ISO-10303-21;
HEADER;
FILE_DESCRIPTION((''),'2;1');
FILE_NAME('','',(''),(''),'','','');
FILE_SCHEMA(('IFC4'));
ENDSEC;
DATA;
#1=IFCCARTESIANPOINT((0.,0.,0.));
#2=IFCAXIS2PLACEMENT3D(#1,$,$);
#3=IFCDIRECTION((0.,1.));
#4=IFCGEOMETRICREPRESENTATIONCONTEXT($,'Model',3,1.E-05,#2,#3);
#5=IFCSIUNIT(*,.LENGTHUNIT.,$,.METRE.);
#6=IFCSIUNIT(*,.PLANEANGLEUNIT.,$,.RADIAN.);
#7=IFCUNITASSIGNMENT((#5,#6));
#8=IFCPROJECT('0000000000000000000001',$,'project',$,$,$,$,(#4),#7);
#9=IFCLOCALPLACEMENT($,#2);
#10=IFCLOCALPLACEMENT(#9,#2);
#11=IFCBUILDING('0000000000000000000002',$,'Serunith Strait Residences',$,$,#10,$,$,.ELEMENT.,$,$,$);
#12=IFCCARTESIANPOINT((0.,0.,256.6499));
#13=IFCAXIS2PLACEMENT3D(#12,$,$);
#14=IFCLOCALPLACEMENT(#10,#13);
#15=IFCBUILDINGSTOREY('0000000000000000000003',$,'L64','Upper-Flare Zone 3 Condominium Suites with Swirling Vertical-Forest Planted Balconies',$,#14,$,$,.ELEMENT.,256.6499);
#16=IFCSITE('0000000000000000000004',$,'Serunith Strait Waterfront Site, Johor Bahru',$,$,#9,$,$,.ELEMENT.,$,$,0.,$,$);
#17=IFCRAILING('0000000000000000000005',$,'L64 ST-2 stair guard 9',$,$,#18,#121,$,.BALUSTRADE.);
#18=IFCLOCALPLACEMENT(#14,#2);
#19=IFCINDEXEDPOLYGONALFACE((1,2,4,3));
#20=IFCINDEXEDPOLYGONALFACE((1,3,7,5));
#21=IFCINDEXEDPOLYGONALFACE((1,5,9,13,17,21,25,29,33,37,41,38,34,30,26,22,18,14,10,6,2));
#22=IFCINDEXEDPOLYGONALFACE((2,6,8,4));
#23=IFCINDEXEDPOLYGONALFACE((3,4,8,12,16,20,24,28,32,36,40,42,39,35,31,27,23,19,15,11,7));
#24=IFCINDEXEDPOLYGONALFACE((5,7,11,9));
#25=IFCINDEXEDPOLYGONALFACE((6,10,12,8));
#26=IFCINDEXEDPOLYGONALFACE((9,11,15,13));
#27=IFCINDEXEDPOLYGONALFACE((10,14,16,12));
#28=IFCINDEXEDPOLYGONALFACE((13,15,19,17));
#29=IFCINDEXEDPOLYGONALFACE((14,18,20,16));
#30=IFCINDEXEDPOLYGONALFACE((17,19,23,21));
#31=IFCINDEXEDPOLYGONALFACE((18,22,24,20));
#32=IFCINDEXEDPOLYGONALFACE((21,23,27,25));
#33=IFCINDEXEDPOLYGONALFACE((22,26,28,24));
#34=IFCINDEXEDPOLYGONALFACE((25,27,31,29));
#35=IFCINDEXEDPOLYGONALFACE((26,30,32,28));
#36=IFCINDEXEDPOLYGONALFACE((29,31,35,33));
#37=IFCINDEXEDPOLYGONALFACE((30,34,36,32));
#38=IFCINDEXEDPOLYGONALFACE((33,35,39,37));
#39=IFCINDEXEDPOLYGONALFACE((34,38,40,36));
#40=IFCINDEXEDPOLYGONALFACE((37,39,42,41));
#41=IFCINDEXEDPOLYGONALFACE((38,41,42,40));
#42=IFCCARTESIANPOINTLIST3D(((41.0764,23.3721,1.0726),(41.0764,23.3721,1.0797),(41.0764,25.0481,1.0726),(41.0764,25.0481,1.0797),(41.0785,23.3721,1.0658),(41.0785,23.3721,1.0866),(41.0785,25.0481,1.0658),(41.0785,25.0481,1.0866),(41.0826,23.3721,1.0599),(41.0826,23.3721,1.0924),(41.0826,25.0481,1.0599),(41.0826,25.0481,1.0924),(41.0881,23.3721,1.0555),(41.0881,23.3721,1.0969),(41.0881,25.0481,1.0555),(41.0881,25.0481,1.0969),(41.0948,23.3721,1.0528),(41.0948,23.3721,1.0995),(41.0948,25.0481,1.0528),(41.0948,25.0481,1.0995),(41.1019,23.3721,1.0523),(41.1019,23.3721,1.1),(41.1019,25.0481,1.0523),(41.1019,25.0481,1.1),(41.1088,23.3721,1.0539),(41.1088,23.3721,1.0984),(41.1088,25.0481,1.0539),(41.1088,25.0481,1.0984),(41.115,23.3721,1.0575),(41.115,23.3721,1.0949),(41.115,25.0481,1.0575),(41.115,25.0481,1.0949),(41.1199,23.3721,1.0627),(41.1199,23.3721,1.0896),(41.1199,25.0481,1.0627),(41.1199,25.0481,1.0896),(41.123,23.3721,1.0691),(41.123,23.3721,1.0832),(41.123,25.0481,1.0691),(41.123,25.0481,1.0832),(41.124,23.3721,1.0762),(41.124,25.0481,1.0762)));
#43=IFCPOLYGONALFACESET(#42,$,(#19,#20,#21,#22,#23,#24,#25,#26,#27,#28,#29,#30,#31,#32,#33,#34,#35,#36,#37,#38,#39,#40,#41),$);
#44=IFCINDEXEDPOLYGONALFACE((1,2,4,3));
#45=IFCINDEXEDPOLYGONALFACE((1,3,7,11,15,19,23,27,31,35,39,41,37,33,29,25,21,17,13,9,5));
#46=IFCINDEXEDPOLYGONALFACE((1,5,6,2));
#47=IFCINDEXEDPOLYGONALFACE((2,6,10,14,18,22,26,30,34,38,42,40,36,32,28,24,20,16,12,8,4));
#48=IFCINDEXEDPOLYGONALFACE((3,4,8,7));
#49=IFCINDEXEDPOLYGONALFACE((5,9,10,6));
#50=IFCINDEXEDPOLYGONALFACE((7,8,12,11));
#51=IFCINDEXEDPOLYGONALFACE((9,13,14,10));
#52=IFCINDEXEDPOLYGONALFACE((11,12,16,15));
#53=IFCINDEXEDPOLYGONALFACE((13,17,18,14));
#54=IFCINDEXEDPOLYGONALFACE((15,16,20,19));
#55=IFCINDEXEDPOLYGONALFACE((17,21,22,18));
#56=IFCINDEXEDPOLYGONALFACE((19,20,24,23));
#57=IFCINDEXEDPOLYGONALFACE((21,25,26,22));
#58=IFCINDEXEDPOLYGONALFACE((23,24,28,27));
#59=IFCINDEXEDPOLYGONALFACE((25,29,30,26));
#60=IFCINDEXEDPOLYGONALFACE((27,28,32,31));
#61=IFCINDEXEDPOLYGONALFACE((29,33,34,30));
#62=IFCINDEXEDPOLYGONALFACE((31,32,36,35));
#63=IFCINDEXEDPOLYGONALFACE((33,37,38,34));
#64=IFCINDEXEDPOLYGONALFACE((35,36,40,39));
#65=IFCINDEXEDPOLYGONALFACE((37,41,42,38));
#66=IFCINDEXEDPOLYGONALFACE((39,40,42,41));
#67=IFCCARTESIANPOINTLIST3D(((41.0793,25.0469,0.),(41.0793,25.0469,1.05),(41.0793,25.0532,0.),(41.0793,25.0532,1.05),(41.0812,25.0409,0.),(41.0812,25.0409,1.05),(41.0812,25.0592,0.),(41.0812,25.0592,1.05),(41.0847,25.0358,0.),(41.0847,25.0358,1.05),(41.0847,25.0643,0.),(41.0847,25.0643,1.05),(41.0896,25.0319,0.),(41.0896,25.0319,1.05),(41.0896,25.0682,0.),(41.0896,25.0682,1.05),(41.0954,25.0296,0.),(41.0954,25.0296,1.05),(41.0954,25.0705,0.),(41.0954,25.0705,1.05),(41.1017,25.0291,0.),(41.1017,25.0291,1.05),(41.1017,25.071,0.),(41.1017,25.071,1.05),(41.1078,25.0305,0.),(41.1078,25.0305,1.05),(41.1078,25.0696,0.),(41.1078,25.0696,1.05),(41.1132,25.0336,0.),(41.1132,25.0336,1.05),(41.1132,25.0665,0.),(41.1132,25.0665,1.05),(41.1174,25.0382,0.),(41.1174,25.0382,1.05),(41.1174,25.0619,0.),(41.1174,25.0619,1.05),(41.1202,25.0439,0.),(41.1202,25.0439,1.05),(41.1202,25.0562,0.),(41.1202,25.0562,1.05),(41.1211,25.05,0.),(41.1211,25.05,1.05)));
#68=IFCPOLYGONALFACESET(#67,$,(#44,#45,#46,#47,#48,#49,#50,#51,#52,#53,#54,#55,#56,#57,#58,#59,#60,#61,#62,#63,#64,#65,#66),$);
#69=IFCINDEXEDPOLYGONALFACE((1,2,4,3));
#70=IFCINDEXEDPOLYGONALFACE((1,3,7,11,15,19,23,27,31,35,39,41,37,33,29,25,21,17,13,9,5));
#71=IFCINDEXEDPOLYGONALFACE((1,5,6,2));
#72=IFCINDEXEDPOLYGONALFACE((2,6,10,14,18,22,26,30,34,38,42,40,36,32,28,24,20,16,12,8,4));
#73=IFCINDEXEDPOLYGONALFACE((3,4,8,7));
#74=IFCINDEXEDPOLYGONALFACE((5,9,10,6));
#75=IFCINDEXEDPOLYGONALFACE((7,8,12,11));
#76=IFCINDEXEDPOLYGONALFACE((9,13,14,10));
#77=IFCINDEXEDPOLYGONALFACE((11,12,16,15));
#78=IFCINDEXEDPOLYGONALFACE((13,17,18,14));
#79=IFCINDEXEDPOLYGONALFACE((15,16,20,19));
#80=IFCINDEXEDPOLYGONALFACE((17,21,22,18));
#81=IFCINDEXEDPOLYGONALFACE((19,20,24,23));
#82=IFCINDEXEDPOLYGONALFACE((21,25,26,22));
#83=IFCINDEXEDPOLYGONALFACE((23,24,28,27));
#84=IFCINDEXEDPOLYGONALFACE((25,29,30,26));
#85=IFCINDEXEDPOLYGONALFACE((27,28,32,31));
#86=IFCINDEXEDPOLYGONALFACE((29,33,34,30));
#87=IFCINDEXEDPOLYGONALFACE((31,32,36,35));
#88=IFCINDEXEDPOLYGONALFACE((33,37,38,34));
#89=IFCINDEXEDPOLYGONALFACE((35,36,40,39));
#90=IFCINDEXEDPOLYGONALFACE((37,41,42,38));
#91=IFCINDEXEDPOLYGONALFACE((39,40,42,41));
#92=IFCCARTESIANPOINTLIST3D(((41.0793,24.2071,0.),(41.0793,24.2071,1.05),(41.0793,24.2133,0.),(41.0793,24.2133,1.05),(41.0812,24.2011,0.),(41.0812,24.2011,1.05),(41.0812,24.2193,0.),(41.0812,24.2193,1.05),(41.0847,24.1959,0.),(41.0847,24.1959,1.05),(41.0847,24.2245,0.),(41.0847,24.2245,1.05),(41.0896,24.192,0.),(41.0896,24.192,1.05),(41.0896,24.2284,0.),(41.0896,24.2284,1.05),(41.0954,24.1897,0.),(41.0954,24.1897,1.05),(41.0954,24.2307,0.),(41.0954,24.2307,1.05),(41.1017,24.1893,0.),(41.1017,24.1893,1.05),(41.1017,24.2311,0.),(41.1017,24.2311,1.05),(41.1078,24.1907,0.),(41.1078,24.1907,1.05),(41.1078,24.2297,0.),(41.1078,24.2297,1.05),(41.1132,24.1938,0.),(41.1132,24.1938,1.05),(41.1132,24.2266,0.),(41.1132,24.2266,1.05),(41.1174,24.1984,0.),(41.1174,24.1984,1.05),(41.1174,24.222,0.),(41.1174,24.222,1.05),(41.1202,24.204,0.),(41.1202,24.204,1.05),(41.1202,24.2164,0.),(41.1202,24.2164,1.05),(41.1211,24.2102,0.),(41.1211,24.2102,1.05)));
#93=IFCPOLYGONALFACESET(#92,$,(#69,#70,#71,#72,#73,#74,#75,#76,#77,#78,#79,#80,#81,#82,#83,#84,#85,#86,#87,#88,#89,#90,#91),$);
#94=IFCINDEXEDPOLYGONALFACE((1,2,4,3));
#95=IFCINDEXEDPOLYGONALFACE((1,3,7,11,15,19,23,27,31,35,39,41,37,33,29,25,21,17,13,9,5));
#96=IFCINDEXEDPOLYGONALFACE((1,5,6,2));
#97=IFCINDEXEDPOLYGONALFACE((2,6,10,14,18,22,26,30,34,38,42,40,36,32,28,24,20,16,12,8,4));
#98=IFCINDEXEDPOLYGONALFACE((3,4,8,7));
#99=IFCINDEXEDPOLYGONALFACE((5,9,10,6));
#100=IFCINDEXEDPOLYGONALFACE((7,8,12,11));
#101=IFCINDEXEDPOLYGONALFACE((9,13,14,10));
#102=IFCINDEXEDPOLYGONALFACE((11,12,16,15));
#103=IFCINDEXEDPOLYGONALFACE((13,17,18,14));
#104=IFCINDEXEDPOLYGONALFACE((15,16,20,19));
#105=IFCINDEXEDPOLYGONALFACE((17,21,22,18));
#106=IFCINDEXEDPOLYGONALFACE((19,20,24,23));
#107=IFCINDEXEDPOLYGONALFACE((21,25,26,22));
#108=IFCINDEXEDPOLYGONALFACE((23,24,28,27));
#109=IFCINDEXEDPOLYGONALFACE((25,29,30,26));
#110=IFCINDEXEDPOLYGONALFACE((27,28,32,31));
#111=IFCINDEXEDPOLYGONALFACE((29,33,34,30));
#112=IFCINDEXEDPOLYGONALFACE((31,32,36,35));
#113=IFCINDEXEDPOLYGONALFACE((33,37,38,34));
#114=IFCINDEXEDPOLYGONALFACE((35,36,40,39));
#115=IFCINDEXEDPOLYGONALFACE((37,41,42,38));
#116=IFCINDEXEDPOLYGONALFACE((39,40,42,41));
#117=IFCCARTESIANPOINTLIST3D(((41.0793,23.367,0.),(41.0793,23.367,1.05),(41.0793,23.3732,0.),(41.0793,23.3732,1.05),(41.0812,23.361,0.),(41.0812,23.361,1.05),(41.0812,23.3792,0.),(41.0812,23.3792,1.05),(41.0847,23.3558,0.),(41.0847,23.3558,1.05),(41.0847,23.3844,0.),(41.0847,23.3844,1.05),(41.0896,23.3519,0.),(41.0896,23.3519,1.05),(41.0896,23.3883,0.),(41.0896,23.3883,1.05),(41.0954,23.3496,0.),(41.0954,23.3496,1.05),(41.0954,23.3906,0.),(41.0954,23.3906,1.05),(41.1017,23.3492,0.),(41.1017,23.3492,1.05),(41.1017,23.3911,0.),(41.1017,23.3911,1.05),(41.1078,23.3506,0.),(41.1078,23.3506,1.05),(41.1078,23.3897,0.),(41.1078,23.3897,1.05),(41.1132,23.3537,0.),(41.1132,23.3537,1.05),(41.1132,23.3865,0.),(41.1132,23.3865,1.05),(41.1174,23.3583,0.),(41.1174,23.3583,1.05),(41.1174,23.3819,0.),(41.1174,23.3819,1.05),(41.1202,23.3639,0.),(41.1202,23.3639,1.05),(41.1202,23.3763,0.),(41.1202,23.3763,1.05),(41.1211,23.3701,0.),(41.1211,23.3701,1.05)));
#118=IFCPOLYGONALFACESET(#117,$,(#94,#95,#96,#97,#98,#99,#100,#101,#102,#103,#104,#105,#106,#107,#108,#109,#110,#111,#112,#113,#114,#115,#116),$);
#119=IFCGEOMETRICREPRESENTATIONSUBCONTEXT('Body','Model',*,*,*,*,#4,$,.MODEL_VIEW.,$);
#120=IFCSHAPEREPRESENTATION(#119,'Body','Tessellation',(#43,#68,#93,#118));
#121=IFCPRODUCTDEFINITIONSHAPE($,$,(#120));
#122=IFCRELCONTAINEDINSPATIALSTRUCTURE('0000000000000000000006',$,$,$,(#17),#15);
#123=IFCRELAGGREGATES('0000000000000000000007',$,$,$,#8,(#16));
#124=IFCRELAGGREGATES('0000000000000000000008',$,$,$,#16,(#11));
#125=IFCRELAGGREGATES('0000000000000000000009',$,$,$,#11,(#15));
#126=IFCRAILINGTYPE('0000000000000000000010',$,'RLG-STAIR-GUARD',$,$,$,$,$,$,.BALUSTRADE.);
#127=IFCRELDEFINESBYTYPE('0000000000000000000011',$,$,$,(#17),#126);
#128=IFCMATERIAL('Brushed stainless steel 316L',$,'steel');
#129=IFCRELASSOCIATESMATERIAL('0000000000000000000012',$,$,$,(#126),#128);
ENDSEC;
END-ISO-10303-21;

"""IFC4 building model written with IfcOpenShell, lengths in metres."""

from ifc_helpers import new_model, si_unit, direction, frame, origin, origin_2d, place, context, subcontext, project, spatial, circle, extrude, material, type_object, element, save


model = new_model("IFC4")

# Units and contexts
model_context = context("Model", 3, precision=1e-05, world=origin(), true_north=direction((0.0, 1.0)))
body_context = subcontext(model_context, "Body", "Model", "MODEL_VIEW")
ifc_project = project(units=[si_unit("LENGTHUNIT", "METRE"), si_unit("PLANEANGLEUNIT", "RADIAN")], contexts=[model_context])

# Site, building, storey
site_placement = place(None, origin())
site = spatial("IfcSite", under=ifc_project, at=site_placement, Name="Serunith Strait Waterfront Site, Johor Bahru", CompositionType="ELEMENT", RefElevation=0.0)
building_placement = place(site_placement, origin())
building = spatial("IfcBuilding", under=site, at=building_placement, Name="Serunith Strait Residences", CompositionType="ELEMENT")
storey_placement = place(building_placement, frame((0.0, 0.0, 256.6499)))
storey = spatial("IfcBuildingStorey", under=building, at=storey_placement, Name="L64", Description="Upper-Flare Zone 3 Condominium Suites with Swirling Vertical-Forest Planted Balconies", CompositionType="ELEMENT", Elevation=256.6499)

# Railing
ifc_material_1 = material(Name="Brushed stainless steel 316L", Category="steel")
railing_type = type_object("IfcRailingType", Name="RLG-STAIR-GUARD", PredefinedType="BALUSTRADE", material=ifc_material_1)
for number, where, name in (
    (1, (41.1001, 25.05, 0.0), "L64 ST-2 stair guard 9"),
):
    element("IfcRailing", number, at=place(storey_placement, frame(where)), inside=storey, type_object=railing_type, Name=name, PredefinedType="BALUSTRADE", context=body_context, shape_type="SweptSolid", body=[
        extrude(circle(Radius=0.0239, at=origin_2d()), frame((0.0, -0.002, 1.0762), z_axis=(0.0, -1.0, 0.0), x_axis=(1.0, 0.0, 0.0)), (0.0, 0.0, 1.0), 1.676),
        extrude(circle(Radius=0.021, at=origin_2d()), origin(), (0.0, 0.0, 1.0), 1.05),
        extrude(circle(Radius=0.021, at=origin_2d()), frame((0.0, -0.8398, 0.0)), (0.0, 0.0, 1.0), 1.05),
        extrude(circle(Radius=0.021, at=origin_2d()), frame((0.0, -1.6799, 0.0)), (0.0, 0.0, 1.0), 1.05),
    ])

save(model, "model.ifc")
